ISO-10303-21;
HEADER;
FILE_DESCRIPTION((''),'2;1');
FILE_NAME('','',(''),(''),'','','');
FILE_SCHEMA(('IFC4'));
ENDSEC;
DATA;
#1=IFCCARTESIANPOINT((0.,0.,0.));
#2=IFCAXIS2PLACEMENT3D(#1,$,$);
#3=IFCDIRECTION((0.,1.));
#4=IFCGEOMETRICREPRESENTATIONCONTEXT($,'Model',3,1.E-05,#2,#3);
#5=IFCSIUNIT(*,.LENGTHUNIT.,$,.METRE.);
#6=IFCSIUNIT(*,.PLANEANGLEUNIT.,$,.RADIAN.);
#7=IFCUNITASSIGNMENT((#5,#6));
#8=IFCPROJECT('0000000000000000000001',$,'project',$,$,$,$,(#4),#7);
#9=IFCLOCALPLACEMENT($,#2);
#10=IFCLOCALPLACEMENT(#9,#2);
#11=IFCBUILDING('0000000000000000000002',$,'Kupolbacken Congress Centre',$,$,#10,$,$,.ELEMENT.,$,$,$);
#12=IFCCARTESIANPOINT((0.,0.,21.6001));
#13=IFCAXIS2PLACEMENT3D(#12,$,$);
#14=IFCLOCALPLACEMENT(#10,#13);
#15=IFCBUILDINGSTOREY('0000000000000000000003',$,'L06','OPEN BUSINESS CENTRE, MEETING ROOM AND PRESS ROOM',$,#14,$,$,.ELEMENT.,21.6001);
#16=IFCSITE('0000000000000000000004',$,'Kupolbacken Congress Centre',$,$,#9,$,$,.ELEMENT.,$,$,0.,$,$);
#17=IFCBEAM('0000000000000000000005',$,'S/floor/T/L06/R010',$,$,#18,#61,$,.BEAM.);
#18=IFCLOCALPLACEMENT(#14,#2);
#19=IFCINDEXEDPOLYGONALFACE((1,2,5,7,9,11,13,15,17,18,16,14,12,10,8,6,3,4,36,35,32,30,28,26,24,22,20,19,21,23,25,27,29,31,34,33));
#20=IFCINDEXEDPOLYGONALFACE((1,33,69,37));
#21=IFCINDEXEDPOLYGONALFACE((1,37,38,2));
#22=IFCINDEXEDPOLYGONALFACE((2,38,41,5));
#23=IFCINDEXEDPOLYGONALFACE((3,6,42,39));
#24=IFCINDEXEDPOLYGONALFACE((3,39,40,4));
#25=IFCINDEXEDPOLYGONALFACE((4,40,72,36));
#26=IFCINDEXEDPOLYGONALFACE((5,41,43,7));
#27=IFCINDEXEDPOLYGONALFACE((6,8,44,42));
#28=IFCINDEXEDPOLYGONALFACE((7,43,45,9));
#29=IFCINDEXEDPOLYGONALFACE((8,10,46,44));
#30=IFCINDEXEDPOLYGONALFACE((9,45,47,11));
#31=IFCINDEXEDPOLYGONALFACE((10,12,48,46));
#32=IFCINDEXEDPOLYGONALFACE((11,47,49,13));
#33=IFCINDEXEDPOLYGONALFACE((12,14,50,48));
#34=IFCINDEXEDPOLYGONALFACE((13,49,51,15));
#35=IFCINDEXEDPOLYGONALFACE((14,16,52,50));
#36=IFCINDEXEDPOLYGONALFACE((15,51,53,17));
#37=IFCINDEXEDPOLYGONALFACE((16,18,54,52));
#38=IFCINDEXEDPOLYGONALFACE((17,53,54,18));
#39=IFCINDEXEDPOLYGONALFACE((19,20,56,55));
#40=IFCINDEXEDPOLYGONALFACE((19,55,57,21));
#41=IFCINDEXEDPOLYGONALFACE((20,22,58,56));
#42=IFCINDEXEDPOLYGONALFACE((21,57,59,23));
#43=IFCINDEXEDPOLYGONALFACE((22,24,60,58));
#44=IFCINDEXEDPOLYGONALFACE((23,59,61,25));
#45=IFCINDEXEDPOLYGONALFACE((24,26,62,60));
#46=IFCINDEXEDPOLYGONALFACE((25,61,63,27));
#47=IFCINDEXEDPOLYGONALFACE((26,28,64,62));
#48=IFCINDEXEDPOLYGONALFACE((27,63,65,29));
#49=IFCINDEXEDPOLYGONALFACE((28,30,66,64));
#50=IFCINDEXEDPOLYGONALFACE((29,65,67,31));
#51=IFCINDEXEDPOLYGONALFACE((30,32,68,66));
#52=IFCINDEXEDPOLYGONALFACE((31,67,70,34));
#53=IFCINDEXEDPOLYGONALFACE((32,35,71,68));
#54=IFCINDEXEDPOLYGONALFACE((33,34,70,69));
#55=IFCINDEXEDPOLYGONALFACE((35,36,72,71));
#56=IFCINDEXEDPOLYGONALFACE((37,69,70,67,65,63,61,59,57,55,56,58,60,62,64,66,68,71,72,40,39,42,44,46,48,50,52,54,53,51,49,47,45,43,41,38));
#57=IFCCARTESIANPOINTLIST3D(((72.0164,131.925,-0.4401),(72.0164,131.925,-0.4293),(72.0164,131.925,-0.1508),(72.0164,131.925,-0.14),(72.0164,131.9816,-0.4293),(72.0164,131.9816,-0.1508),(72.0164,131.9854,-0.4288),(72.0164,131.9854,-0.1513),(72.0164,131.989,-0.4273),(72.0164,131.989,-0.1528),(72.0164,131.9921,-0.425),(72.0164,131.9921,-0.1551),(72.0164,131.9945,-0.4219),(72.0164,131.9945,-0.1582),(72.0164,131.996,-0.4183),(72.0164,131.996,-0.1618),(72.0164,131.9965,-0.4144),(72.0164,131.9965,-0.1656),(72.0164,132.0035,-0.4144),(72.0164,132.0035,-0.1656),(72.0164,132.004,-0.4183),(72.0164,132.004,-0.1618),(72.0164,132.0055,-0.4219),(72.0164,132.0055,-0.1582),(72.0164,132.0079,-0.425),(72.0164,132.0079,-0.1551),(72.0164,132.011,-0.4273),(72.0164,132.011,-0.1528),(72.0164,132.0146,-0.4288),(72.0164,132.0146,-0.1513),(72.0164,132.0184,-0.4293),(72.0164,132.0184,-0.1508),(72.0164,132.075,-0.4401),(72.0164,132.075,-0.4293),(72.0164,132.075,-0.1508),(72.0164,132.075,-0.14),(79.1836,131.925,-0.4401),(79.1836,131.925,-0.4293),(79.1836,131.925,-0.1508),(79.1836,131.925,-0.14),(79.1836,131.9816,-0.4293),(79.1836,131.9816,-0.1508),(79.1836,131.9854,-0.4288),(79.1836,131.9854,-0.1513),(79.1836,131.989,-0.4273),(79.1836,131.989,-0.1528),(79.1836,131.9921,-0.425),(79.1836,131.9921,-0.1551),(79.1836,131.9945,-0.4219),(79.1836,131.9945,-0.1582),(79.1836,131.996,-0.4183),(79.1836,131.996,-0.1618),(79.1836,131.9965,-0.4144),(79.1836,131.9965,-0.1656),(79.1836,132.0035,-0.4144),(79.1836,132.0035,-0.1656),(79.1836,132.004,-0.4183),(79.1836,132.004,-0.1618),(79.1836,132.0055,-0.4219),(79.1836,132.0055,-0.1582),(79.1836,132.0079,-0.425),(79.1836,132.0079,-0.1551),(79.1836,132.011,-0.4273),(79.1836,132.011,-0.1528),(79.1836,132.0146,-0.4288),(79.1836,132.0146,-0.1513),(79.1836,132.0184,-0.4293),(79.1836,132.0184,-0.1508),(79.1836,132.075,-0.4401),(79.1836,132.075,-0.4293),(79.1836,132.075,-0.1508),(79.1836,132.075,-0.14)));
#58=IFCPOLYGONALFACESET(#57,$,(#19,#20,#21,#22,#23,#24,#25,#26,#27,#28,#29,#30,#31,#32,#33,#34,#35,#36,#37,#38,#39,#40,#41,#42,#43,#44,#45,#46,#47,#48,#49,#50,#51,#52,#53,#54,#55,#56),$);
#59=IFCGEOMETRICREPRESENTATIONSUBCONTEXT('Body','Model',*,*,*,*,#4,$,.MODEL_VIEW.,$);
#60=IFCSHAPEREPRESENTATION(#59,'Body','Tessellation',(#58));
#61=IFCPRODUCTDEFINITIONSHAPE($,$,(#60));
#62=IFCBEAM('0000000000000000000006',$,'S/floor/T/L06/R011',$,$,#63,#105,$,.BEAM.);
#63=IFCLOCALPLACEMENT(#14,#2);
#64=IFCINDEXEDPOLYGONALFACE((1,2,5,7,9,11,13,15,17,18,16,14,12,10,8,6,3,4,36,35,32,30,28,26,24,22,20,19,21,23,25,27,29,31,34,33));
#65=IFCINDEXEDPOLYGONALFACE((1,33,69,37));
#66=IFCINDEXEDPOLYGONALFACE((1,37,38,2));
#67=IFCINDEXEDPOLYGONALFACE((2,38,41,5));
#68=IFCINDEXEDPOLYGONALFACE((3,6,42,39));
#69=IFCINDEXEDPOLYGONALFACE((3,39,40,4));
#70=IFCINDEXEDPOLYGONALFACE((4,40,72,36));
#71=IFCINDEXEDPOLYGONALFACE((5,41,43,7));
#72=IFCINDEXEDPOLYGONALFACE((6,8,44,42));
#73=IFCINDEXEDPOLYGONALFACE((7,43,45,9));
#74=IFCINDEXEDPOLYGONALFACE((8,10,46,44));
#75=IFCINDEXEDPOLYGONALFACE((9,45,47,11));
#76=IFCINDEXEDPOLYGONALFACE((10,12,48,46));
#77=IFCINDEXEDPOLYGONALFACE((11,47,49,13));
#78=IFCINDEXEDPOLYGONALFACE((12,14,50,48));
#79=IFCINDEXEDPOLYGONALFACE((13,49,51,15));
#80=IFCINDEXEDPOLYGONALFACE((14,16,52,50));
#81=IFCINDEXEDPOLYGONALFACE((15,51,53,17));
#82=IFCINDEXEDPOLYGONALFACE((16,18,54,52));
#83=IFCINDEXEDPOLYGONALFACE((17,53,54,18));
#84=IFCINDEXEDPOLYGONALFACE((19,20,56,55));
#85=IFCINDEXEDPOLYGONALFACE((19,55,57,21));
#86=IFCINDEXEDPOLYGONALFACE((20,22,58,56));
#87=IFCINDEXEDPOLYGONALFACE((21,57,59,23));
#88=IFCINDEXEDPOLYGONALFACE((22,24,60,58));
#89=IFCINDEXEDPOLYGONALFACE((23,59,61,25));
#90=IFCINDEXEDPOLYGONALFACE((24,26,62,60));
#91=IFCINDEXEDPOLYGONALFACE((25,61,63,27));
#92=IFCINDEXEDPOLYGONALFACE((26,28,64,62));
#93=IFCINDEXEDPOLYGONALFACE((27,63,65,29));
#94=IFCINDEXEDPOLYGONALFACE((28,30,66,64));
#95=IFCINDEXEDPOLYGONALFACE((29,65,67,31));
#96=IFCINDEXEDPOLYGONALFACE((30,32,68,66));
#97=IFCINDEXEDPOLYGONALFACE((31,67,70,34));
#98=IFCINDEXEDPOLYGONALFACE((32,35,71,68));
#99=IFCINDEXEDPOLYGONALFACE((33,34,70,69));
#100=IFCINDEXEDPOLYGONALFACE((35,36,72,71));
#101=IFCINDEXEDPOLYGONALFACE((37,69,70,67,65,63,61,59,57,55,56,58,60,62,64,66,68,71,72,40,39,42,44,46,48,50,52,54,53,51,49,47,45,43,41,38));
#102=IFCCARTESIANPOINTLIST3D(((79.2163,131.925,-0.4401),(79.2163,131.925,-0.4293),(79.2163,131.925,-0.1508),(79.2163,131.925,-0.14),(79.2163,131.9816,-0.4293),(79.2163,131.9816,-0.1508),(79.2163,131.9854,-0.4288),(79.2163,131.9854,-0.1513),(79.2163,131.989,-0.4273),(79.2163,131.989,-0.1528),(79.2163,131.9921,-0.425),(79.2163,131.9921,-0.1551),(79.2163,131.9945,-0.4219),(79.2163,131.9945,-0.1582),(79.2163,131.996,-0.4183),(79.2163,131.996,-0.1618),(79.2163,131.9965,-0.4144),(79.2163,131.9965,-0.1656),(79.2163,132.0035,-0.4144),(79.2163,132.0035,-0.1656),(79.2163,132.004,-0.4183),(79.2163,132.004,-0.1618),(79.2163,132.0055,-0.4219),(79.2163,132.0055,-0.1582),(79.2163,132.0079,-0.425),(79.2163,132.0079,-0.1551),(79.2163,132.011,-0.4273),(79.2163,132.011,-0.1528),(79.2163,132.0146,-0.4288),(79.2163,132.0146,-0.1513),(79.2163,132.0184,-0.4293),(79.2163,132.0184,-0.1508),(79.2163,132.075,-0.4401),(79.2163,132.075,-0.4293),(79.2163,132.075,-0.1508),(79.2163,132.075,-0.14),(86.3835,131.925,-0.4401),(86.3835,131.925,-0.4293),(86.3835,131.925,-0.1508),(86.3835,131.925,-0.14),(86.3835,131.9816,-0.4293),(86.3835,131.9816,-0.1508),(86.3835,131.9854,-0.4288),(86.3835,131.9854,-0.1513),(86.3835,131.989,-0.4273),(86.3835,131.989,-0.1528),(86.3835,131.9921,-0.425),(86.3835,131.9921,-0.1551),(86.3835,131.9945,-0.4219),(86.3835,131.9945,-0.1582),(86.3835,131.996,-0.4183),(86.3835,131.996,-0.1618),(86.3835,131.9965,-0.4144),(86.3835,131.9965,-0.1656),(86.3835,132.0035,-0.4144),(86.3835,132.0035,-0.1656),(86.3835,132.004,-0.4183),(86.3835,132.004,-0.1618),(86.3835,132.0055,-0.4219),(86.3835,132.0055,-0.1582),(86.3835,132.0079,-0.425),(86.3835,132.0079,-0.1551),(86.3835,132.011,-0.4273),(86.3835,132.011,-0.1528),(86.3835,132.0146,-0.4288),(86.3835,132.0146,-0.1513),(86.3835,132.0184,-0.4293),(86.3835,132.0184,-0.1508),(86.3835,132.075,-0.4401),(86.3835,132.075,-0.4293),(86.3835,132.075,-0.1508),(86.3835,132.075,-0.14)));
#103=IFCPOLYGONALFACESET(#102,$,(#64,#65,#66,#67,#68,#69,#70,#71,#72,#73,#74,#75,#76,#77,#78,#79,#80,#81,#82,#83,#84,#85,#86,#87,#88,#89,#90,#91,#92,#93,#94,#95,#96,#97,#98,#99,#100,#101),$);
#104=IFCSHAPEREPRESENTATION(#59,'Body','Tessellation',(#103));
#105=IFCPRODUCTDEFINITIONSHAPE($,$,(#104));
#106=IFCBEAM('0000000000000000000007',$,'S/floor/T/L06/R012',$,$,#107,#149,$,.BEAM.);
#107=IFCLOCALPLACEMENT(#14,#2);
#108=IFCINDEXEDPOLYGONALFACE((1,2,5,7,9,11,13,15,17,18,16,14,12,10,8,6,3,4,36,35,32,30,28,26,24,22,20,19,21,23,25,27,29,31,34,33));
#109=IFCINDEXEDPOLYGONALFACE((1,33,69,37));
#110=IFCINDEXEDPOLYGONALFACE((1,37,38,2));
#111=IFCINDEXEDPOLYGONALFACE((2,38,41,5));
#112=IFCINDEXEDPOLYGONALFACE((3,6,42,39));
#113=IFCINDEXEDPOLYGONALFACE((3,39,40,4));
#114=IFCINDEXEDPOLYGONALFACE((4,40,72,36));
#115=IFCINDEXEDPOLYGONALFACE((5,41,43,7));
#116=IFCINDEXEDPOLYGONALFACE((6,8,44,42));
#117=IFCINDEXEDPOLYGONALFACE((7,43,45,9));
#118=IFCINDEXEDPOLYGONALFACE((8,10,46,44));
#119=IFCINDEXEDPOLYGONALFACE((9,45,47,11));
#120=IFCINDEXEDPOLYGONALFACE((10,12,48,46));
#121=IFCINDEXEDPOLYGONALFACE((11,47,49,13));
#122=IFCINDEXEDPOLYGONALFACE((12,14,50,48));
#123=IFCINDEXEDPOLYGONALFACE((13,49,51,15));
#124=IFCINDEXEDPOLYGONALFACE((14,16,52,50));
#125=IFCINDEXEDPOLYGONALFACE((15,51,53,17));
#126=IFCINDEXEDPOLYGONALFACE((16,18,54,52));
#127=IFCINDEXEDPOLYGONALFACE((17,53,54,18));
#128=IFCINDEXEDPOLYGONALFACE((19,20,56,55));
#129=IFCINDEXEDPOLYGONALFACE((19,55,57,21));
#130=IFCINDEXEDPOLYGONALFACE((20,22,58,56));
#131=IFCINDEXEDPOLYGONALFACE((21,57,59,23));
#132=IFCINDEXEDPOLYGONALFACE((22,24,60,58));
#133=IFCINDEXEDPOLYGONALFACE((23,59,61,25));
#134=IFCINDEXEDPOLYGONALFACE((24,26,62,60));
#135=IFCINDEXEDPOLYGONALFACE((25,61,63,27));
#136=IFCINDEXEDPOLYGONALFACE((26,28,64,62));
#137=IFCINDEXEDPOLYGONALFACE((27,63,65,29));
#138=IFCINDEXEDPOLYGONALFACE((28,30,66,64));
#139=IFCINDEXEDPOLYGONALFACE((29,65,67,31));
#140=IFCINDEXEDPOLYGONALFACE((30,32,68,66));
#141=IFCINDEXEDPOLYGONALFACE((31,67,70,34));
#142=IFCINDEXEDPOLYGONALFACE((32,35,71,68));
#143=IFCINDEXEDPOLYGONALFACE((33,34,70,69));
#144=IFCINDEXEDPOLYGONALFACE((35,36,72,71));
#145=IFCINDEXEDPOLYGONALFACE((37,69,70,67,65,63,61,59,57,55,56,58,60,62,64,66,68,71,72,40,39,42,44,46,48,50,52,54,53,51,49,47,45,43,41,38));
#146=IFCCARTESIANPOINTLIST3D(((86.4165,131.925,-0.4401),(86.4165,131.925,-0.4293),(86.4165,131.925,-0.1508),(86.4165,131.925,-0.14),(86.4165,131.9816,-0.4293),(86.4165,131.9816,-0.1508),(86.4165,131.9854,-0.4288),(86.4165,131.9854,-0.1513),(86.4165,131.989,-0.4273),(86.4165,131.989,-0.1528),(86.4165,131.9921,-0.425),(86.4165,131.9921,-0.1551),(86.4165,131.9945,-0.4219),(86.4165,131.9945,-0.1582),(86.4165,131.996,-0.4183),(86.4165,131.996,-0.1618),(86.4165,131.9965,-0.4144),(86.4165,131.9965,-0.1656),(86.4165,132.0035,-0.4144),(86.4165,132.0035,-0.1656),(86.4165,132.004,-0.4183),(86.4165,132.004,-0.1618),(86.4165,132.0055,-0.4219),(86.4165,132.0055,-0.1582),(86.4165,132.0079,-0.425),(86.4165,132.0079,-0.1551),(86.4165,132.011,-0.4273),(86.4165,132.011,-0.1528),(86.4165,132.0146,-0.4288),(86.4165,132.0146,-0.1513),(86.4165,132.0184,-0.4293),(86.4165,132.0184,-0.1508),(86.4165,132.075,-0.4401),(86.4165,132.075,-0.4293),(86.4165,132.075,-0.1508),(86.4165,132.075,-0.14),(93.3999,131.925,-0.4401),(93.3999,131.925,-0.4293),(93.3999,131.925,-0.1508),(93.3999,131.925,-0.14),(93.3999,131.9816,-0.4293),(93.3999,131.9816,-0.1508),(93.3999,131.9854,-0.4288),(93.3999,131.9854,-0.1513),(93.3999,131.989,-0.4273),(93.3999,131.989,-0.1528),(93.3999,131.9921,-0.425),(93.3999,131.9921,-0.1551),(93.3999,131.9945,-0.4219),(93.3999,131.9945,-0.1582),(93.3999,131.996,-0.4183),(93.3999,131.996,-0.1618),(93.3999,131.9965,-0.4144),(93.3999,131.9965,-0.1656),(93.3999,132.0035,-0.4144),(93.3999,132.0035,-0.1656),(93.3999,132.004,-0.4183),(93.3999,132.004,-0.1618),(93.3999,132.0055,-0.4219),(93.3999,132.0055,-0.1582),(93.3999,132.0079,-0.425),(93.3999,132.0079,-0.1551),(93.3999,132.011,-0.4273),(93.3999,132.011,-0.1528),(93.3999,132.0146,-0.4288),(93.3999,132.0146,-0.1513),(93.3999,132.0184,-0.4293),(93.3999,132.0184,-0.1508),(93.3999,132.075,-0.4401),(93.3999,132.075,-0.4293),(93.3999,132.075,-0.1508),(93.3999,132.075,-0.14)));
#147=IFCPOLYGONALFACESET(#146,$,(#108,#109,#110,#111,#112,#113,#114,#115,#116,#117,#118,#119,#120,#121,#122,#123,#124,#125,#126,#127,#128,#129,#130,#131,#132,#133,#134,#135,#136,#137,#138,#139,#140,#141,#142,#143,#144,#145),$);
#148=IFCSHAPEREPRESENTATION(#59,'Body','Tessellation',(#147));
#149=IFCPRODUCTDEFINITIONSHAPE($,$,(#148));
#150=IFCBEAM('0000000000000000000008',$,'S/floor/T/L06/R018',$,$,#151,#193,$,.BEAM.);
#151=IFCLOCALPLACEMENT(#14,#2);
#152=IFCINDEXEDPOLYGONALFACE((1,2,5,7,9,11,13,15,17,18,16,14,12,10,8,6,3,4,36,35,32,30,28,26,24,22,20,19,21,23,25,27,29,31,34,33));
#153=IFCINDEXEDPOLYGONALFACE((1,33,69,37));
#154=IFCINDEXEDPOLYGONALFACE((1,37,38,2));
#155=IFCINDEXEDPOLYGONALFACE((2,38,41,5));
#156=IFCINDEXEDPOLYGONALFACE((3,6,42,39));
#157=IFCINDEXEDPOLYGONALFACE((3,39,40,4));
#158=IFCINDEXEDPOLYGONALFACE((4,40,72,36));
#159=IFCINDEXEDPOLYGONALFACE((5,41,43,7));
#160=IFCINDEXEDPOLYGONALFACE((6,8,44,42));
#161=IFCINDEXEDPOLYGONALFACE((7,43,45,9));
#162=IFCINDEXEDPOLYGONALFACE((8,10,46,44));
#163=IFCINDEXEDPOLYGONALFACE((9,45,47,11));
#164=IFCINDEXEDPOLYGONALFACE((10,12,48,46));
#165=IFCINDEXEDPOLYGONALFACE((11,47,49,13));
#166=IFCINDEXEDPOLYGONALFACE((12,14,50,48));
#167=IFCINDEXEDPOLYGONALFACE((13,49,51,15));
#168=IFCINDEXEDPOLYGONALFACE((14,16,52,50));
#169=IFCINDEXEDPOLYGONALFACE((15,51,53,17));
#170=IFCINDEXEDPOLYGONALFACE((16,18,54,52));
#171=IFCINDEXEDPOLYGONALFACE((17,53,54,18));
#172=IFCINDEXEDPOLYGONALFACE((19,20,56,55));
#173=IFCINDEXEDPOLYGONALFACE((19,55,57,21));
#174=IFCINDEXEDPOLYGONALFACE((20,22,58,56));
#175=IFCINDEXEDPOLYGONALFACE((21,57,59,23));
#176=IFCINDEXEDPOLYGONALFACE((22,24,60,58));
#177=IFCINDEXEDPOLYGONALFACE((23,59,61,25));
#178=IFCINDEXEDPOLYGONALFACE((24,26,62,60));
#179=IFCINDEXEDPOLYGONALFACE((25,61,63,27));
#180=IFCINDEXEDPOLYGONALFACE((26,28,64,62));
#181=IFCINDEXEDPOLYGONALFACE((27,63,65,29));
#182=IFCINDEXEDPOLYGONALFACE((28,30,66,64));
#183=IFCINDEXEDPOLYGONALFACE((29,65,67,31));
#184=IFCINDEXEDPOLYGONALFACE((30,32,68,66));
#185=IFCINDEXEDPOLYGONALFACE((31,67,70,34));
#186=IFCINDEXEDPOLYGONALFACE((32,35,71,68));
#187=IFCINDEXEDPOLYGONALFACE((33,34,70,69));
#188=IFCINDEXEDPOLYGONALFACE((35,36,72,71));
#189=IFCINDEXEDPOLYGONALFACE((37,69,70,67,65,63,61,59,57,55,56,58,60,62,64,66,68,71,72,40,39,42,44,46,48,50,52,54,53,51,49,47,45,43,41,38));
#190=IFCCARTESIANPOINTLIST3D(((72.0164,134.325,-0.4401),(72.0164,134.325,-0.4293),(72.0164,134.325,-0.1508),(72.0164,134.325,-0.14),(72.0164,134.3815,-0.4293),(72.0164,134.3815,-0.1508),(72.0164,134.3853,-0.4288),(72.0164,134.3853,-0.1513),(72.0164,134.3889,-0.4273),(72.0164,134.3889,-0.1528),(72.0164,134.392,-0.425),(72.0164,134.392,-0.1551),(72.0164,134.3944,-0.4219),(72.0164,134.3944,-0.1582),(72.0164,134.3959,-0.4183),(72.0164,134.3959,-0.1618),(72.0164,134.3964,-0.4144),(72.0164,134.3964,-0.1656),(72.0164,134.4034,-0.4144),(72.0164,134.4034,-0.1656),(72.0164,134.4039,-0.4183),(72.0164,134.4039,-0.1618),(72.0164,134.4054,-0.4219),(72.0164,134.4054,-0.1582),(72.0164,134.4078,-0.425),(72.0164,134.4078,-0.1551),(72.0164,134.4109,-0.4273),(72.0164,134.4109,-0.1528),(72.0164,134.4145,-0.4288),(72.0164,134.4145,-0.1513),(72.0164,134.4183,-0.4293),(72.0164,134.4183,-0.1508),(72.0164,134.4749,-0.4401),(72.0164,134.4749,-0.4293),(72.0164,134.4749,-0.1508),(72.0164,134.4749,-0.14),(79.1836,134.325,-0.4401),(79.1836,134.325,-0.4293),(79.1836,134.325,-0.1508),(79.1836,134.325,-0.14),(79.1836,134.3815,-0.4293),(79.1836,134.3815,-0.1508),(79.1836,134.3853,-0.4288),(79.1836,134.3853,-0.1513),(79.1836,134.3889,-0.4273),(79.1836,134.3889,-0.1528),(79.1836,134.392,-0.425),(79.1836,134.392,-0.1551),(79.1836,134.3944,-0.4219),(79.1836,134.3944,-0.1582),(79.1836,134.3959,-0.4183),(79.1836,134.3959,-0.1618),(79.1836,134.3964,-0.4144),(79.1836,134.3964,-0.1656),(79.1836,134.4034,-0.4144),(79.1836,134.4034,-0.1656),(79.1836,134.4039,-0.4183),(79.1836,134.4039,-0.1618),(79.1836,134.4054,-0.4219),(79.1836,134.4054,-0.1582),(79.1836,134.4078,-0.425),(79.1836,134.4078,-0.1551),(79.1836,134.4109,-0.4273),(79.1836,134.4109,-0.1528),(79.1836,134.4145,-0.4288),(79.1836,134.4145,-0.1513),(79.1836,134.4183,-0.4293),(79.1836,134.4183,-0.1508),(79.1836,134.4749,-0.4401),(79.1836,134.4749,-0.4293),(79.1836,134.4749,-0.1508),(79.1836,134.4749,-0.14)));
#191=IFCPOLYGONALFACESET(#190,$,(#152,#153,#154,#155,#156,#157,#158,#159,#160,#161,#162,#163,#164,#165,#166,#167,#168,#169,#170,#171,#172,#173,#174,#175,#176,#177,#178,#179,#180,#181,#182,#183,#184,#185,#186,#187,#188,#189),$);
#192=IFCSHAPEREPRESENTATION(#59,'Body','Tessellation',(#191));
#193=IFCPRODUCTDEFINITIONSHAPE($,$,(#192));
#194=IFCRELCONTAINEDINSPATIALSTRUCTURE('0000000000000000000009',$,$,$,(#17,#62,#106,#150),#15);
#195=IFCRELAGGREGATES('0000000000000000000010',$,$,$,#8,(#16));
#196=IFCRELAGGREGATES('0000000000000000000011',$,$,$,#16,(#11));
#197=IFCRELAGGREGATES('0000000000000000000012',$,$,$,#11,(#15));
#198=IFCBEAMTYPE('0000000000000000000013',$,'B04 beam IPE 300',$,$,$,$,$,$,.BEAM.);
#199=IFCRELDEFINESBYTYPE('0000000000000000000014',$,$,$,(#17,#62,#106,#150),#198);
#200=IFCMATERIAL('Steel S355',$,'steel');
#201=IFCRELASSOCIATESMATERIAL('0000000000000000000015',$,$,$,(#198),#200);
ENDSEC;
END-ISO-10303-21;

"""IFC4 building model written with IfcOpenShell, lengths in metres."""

from ifc_helpers import new_model, si_unit, direction, frame, origin, origin_2d, place, context, subcontext, project, spatial, i_section, extrude, material, material_profile, profile_set, type_object, element, save


model = new_model("IFC4")

# Units and contexts
model_context = context("Model", 3, precision=1e-05, world=origin(), true_north=direction((0.0, 1.0)))
body_context = subcontext(model_context, "Body", "Model", "MODEL_VIEW")
ifc_project = project(units=[si_unit("LENGTHUNIT", "METRE"), si_unit("PLANEANGLEUNIT", "RADIAN")], contexts=[model_context])

# Site, building, storey
site_placement = place(None, origin())
site = spatial("IfcSite", under=ifc_project, at=site_placement, Name="Kupolbacken Congress Centre", CompositionType="ELEMENT", RefElevation=0.0)
building_placement = place(site_placement, origin())
building = spatial("IfcBuilding", under=site, at=building_placement, Name="Kupolbacken Congress Centre", CompositionType="ELEMENT")
storey_placement = place(building_placement, frame((0.0, 0.0, 21.6001)))
storey = spatial("IfcBuildingStorey", under=building, at=storey_placement, Name="L06", Description="OPEN BUSINESS CENTRE, MEETING ROOM AND PRESS ROOM", CompositionType="ELEMENT", Elevation=21.6001)

# Beams
ifc_material_1 = material(Name="Steel S355", Category="steel")
ifc_material_profile_1 = material_profile(ifc_material_1, i_section(OverallWidth=0.1499, OverallDepth=0.3, WebThickness=0.0071, FlangeThickness=0.0107, FilletRadius=0.0149, at=origin_2d()), Name="IPE 300")
ifc_profile_set_1 = profile_set([ifc_material_profile_1], Name="Steel S355")
beam_type_1 = type_object("IfcBeamType", Name="B04 beam IPE 300", PredefinedType="BEAM", material=ifc_profile_set_1)
for number, where, z_axis, x_axis, name in (
    (1, (72.0164, 132.0, -0.29), (1.0, 0.0, 0.0), (0.0, 1.0, 0.0), "S/floor/T/L06/R010"),
    (2, (79.2163, 132.0, -0.29), (1.0, 0.0, 0.0), (0.0, 1.0, 0.0), "S/floor/T/L06/R011"),
):
    element("IfcBeam", number, at=place(storey_placement, frame(where, z_axis=z_axis, x_axis=x_axis)), inside=storey, type_object=beam_type_1, Name=name, PredefinedType="BEAM", context=body_context, shape_type="SweptSolid", body=[
        extrude(i_section(OverallWidth=0.1499, OverallDepth=0.3, WebThickness=0.0071, FlangeThickness=0.0107, FilletRadius=0.0149, at=origin_2d()), origin(), (0.0, 0.0, 1.0), 7.1672),
    ])
beam_1_placement = place(storey_placement, frame((86.4165, 132.0, -0.29), z_axis=(1.0, 0.0, 0.0), x_axis=(0.0, 1.0, 0.0)))
element("IfcBeam", 3, at=beam_1_placement, inside=storey, type_object=beam_type_1, Name="S/floor/T/L06/R012", PredefinedType="BEAM", context=body_context, shape_type="SweptSolid", body=[
    extrude(i_section(OverallWidth=0.1499, OverallDepth=0.3, WebThickness=0.0071, FlangeThickness=0.0107, FilletRadius=0.0149, at=origin_2d()), origin(), (0.0, 0.0, 1.0), 6.9834),
])
for number, where, z_axis, x_axis, name in (
    (4, (72.0164, 134.3999, -0.29), (1.0, 0.0, 0.0), (0.0, 1.0, 0.0), "S/floor/T/L06/R018"),
):
    element("IfcBeam", number, at=place(storey_placement, frame(where, z_axis=z_axis, x_axis=x_axis)), inside=storey, type_object=beam_type_1, Name=name, PredefinedType="BEAM", context=body_context, shape_type="SweptSolid", body=[
        extrude(i_section(OverallWidth=0.1499, OverallDepth=0.3, WebThickness=0.0071, FlangeThickness=0.0107, FilletRadius=0.0149, at=origin_2d()), origin(), (0.0, 0.0, 1.0), 7.1672),
    ])

save(model, "model.ifc")
